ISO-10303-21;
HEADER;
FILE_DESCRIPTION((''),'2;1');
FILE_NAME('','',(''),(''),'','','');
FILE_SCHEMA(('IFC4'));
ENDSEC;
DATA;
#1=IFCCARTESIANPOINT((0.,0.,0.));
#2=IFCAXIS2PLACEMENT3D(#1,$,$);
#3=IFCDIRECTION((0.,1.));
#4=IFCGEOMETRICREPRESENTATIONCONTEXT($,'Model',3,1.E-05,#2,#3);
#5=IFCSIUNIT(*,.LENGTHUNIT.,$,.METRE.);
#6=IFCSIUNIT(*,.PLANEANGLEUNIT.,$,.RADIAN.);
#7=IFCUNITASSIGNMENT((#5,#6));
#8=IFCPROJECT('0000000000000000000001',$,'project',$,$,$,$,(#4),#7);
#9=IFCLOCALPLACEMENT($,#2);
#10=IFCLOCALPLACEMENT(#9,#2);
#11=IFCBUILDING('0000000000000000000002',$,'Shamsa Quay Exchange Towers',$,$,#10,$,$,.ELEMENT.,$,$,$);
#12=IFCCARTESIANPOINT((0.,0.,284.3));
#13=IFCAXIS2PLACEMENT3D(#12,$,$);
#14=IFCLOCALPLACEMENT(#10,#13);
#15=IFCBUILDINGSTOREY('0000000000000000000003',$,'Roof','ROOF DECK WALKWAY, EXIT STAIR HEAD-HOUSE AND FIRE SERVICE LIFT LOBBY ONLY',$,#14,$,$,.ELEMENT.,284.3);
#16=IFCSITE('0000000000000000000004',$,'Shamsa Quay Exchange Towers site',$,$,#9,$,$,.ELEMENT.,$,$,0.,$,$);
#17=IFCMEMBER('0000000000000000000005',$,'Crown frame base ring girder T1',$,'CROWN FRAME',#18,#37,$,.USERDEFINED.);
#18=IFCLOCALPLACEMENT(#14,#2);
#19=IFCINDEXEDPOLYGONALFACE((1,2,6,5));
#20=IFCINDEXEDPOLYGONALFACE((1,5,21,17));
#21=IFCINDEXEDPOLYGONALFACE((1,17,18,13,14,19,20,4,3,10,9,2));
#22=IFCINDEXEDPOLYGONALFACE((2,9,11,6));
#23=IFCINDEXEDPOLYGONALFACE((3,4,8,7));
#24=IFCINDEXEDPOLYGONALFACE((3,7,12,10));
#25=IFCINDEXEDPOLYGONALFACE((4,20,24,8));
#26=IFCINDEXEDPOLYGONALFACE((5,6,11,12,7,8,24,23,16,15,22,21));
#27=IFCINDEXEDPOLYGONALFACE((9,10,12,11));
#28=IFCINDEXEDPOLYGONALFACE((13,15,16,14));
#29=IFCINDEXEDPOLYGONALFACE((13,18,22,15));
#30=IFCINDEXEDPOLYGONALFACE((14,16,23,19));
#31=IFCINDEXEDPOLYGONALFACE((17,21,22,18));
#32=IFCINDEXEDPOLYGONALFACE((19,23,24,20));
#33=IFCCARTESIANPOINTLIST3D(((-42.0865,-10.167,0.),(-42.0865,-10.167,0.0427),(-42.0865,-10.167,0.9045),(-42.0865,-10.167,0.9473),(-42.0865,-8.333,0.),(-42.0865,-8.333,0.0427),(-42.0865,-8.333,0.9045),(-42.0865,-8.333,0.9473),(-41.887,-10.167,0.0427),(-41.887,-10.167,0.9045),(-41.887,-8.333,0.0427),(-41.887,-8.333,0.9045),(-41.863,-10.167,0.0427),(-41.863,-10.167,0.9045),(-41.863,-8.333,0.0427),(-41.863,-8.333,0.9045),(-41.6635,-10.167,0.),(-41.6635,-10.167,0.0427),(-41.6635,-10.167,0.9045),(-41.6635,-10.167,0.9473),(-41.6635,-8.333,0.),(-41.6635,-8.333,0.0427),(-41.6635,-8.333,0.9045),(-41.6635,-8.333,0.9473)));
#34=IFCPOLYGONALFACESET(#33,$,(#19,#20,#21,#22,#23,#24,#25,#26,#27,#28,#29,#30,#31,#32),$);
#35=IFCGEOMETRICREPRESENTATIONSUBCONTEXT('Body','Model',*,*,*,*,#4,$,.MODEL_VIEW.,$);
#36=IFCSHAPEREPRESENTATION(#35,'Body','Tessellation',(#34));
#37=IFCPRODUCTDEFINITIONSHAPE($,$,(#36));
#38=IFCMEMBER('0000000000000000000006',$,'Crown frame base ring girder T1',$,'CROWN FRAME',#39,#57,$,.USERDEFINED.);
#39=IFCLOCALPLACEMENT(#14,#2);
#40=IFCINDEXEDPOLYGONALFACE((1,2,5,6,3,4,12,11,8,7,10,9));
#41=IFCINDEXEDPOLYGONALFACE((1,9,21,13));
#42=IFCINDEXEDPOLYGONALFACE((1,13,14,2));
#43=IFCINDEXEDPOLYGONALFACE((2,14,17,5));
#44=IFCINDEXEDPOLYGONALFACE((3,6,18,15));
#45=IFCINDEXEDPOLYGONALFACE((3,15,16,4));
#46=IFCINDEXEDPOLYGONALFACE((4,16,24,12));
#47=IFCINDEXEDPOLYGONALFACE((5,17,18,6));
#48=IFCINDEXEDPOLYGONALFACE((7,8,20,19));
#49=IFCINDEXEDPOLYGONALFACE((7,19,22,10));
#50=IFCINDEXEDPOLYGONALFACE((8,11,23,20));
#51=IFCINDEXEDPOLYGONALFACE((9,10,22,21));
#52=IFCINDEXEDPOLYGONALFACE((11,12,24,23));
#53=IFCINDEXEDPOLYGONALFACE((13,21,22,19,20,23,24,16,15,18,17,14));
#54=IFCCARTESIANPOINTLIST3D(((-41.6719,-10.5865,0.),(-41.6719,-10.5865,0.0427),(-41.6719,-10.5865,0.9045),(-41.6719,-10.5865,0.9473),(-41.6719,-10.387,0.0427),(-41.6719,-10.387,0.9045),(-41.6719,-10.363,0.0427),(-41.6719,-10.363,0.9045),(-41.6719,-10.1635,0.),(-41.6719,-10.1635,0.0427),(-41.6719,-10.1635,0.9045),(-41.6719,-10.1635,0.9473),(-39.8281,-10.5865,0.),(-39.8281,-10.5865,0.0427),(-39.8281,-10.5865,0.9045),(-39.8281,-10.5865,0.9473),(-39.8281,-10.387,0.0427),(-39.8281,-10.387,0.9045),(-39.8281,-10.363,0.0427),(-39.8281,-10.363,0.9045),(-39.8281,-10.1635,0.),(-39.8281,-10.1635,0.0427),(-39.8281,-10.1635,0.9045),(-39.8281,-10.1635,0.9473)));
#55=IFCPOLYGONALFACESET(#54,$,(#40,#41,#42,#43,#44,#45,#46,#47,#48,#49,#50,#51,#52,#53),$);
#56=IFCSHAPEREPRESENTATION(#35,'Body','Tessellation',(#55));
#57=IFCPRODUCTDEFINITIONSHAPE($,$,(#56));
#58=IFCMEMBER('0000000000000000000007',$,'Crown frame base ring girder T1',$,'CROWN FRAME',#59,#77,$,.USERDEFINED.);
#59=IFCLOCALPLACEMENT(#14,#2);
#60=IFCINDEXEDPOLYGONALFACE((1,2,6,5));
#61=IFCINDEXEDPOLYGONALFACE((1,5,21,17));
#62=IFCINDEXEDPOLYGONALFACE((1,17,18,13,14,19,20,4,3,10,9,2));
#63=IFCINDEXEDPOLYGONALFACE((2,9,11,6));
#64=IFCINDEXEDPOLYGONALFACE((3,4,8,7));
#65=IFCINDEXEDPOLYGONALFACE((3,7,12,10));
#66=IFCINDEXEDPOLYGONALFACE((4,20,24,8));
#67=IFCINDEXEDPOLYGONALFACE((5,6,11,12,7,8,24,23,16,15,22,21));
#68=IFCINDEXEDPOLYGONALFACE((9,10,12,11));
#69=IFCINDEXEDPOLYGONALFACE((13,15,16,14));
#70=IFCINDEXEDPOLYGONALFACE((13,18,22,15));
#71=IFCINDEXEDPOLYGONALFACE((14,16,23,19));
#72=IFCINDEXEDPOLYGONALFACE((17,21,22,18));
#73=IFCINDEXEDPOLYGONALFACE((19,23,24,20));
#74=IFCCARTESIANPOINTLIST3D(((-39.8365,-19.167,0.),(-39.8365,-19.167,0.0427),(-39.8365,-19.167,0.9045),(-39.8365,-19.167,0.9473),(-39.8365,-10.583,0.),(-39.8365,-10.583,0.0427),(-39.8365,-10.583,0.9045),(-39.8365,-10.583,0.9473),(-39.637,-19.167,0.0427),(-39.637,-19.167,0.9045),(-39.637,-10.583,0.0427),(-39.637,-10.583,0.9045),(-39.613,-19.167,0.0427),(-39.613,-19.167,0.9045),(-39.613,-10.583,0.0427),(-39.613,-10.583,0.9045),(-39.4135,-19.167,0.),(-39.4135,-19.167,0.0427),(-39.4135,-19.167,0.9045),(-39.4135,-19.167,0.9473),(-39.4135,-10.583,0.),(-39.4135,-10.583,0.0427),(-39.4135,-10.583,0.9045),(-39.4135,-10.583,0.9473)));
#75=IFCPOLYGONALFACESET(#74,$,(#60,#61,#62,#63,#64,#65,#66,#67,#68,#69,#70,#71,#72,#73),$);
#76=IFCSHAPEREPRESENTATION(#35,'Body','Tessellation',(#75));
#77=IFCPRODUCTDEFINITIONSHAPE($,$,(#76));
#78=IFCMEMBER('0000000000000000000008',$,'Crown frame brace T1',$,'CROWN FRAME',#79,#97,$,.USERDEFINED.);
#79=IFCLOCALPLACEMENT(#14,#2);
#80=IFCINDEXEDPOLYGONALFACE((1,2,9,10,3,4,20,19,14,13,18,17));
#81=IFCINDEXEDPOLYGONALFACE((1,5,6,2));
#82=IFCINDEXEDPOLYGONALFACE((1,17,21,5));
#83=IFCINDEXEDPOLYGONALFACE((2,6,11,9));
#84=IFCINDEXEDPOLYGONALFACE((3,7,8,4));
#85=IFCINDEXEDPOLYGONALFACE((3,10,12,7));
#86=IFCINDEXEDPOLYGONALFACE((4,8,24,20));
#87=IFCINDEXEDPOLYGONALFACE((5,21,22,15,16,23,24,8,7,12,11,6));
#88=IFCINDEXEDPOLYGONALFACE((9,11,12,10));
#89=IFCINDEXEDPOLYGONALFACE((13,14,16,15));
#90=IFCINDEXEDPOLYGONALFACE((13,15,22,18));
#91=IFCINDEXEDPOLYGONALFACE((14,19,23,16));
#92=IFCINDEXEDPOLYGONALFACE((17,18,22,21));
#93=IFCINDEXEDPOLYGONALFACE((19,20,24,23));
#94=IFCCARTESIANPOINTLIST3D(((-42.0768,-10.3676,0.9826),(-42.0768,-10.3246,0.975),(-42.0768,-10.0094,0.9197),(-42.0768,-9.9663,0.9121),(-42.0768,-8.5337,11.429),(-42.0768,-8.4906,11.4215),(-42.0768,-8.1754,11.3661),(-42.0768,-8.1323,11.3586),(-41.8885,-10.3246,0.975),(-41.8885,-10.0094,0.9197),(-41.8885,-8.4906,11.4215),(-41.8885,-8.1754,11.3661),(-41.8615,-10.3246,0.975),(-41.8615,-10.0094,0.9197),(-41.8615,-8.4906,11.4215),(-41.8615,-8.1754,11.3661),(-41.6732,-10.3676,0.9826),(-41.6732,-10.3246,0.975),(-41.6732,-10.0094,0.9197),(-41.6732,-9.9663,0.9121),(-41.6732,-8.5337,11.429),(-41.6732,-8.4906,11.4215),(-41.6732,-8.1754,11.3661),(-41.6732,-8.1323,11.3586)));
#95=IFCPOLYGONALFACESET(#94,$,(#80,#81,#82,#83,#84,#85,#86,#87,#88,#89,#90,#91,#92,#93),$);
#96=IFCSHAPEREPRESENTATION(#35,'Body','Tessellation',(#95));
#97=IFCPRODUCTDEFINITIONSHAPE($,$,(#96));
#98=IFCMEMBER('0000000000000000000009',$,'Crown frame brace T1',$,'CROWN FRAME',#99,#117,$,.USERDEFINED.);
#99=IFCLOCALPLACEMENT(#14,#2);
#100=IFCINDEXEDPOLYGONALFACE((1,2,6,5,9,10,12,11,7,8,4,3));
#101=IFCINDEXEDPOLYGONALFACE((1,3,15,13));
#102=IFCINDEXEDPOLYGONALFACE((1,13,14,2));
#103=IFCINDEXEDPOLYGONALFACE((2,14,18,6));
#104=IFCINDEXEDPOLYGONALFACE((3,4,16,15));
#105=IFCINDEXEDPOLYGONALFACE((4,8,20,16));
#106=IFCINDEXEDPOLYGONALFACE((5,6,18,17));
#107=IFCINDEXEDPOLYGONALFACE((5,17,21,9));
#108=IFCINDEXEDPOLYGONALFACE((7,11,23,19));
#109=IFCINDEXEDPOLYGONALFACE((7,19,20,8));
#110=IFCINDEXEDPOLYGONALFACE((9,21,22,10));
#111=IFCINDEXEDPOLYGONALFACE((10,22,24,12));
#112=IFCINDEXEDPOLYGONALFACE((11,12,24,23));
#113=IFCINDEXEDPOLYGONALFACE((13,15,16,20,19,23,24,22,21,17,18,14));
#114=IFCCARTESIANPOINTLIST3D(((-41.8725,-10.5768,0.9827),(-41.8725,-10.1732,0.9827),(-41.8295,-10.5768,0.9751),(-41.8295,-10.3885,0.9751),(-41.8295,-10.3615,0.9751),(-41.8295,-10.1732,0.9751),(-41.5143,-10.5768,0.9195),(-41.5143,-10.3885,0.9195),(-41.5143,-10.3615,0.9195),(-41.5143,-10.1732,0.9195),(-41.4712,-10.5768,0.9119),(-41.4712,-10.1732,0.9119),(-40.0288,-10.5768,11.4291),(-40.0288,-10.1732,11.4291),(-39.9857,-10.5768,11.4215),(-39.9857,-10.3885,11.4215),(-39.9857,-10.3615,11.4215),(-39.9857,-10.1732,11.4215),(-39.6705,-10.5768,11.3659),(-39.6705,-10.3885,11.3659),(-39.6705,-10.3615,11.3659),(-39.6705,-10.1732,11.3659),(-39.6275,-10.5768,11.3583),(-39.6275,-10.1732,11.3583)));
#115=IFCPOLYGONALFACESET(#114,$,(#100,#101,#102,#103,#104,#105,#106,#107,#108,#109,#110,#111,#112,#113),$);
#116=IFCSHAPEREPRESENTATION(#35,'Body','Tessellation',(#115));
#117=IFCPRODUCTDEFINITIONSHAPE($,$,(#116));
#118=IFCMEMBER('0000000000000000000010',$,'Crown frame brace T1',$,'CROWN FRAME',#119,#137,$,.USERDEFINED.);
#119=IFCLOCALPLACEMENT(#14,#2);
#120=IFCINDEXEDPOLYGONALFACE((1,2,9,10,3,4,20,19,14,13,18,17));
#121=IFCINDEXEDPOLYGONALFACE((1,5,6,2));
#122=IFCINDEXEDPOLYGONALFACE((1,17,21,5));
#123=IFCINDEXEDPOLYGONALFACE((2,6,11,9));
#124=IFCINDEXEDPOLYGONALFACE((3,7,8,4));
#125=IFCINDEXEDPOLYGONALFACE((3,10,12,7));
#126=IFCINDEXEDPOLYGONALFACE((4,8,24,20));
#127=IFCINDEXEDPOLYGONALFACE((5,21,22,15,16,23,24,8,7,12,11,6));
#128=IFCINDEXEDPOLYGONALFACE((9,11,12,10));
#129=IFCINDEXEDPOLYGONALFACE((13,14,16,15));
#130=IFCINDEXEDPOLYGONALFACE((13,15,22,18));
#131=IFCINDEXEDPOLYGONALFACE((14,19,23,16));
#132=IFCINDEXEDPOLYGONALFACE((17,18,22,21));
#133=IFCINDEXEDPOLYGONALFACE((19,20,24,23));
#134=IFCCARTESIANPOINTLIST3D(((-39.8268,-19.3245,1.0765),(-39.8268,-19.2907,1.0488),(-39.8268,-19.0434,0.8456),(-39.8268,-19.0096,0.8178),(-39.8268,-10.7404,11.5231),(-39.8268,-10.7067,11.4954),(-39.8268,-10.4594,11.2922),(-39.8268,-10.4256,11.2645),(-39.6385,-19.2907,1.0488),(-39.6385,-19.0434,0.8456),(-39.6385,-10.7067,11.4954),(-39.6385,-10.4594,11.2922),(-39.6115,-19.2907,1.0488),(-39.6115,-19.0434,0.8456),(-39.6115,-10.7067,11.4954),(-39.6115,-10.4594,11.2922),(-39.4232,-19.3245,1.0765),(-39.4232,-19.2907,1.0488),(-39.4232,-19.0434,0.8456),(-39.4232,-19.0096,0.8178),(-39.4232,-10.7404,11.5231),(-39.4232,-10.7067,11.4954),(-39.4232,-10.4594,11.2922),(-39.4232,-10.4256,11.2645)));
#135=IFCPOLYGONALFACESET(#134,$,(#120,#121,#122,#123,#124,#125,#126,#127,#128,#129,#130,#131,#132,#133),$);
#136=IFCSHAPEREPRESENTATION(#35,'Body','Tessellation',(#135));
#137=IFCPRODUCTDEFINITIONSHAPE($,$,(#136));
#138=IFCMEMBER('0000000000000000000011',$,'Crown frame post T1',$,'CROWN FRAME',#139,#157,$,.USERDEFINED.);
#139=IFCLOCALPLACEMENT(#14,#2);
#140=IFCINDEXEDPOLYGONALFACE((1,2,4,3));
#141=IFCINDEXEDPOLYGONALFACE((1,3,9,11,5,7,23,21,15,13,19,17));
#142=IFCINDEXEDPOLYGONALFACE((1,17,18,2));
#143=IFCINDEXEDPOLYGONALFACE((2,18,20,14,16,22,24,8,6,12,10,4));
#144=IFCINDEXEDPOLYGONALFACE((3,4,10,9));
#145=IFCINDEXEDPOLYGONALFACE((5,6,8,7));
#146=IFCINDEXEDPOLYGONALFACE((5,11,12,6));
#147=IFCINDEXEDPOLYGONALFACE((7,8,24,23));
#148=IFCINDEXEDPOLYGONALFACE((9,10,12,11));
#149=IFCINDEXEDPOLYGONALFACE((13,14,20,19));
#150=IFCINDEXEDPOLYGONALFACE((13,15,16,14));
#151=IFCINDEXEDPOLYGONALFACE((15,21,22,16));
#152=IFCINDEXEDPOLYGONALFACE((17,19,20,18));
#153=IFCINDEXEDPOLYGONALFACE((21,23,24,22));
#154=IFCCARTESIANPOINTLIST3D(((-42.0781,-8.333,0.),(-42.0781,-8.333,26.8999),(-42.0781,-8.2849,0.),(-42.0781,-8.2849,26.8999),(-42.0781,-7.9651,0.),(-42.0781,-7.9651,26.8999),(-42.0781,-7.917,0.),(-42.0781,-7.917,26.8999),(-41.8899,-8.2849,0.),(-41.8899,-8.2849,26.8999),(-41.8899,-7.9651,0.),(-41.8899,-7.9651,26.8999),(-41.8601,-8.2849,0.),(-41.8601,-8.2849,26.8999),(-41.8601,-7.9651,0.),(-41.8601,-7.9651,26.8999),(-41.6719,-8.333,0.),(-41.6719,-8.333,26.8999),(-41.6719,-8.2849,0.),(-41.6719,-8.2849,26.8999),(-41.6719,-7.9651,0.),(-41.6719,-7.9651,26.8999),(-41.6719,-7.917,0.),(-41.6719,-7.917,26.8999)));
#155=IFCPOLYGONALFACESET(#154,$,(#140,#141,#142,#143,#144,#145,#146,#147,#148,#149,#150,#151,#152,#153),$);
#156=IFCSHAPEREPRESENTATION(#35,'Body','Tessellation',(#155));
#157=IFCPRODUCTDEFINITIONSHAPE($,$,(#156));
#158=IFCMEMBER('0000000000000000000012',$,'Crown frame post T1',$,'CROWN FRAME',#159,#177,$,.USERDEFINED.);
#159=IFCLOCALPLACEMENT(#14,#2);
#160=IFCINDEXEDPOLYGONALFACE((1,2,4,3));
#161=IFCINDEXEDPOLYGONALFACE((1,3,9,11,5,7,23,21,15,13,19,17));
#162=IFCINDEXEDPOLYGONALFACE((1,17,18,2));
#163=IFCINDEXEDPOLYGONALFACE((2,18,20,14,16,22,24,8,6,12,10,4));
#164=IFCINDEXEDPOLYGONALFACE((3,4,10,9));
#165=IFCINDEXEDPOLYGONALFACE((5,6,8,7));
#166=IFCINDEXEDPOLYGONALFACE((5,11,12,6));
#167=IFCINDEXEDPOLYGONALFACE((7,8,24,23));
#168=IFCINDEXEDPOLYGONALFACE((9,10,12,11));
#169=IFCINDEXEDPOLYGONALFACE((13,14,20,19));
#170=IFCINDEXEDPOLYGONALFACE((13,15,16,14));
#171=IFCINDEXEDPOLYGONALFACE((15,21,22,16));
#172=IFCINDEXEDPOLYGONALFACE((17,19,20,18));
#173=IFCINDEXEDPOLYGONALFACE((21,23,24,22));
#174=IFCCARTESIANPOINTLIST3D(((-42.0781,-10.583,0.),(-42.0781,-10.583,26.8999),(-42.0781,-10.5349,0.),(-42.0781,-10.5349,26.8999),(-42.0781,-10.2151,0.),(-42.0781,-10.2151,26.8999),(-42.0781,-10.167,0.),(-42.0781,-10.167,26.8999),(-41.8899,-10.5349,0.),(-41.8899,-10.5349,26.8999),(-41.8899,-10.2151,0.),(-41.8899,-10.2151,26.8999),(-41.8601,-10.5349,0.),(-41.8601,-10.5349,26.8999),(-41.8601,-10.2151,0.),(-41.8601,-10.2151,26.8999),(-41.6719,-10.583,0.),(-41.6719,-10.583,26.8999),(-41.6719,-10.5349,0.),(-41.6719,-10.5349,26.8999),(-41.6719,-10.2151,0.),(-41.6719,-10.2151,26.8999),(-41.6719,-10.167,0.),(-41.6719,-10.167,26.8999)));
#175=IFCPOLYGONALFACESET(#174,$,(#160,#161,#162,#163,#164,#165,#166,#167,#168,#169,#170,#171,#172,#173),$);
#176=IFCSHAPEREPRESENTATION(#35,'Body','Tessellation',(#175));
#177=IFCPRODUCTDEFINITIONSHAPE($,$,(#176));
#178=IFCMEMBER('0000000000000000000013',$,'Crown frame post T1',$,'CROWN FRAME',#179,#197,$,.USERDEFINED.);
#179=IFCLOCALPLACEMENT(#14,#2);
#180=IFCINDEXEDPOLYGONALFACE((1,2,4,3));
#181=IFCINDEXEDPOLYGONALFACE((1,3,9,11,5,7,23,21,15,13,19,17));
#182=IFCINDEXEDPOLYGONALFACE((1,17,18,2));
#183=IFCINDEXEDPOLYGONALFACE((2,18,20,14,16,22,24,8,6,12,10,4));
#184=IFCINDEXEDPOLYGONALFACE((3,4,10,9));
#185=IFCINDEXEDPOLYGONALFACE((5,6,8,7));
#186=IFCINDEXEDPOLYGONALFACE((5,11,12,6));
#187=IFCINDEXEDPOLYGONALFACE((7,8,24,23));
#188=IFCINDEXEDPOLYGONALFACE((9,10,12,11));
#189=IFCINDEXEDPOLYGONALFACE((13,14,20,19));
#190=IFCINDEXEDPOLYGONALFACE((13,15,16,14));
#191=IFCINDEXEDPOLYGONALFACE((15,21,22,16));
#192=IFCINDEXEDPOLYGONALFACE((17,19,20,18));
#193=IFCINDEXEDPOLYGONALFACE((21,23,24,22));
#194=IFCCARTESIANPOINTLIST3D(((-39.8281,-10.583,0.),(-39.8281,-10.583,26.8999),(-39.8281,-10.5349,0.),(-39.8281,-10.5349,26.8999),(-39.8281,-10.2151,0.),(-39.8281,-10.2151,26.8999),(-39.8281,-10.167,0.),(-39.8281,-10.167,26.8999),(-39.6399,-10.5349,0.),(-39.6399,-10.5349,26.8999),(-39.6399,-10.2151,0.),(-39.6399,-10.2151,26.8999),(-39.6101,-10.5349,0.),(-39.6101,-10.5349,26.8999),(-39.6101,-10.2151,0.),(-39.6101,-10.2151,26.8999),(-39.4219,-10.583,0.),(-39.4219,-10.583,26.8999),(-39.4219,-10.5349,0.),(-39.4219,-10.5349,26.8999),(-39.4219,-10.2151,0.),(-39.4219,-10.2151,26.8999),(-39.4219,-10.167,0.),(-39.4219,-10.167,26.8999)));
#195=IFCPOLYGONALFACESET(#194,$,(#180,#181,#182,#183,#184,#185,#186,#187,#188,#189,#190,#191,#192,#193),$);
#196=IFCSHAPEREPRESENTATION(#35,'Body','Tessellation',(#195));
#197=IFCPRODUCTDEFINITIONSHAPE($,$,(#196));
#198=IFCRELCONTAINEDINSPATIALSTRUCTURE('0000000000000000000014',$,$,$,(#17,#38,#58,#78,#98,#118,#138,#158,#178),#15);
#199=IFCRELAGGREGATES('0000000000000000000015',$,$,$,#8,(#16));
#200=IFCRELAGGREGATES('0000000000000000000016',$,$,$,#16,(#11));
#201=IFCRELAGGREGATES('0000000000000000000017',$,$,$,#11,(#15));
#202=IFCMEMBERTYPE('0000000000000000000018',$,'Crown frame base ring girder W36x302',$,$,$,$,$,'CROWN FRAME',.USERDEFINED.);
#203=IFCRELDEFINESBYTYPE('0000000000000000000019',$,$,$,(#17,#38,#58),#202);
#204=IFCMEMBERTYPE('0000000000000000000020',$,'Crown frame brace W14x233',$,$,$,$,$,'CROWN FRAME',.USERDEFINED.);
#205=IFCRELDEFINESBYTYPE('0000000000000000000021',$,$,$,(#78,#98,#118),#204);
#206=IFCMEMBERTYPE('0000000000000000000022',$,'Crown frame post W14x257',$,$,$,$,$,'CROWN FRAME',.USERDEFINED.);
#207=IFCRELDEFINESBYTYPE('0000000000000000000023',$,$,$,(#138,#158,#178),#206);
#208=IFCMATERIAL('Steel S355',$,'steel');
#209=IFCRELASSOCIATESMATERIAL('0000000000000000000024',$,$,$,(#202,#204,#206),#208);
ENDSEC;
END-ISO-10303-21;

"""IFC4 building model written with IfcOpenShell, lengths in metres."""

from ifc_helpers import new_model, si_unit, direction, frame, origin, origin_2d, place, context, subcontext, project, spatial, i_section, extrude, material, material_profile, profile_set, type_object, element, save


model = new_model("IFC4")

# Units and contexts
model_context = context("Model", 3, precision=1e-05, world=origin(), true_north=direction((0.0, 1.0)))
body_context = subcontext(model_context, "Body", "Model", "MODEL_VIEW")
ifc_project = project(units=[si_unit("LENGTHUNIT", "METRE"), si_unit("PLANEANGLEUNIT", "RADIAN")], contexts=[model_context])

# Site, building, storey
site_placement = place(None, origin())
site = spatial("IfcSite", under=ifc_project, at=site_placement, Name="Shamsa Quay Exchange Towers site", CompositionType="ELEMENT", RefElevation=0.0)
building_placement = place(site_placement, origin())
building = spatial("IfcBuilding", under=site, at=building_placement, Name="Shamsa Quay Exchange Towers", CompositionType="ELEMENT")
storey_placement = place(building_placement, frame((0.0, 0.0, 284.3)))
storey = spatial("IfcBuildingStorey", under=building, at=storey_placement, Name="Roof", Description="ROOF DECK WALKWAY, EXIT STAIR HEAD-HOUSE AND FIRE SERVICE LIFT LOBBY ONLY", CompositionType="ELEMENT", Elevation=284.3)

# Members
ifc_material_1 = material(Name="Steel S355", Category="steel")
ifc_material_profile_1 = material_profile(ifc_material_1, i_section(OverallWidth=0.4231, OverallDepth=0.9473, WebThickness=0.0239, FlangeThickness=0.0427, at=origin_2d()), Name="W36x302")
ifc_profile_set_1 = profile_set([ifc_material_profile_1], Name="Steel S355")
member_type_1 = type_object("IfcMemberType", Name="Crown frame base ring girder W36x302", ElementType="CROWN FRAME", PredefinedType="USERDEFINED", material=ifc_profile_set_1)
member_1_placement = place(storey_placement, frame((-41.875, -8.333, 0.4736), z_axis=(0.0, -1.0, 0.0), x_axis=(1.0, 0.0, 0.0)))
element("IfcMember", 1, at=member_1_placement, inside=storey, type_object=member_type_1, Name="Crown frame base ring girder T1", ObjectType="CROWN FRAME", PredefinedType="USERDEFINED", context=body_context, shape_type="SweptSolid", body=[
    extrude(i_section(OverallWidth=0.4231, OverallDepth=0.9473, WebThickness=0.0239, FlangeThickness=0.0427, at=origin_2d()), origin(), (0.0, 0.0, 1.0), 1.834),
])
member_2_placement = place(storey_placement, frame((-41.6719, -10.375, 0.4736), z_axis=(1.0, 0.0, 0.0), x_axis=(0.0, 1.0, 0.0)))
element("IfcMember", 2, at=member_2_placement, inside=storey, type_object=member_type_1, Name="Crown frame base ring girder T1", ObjectType="CROWN FRAME", PredefinedType="USERDEFINED", context=body_context, shape_type="SweptSolid", body=[
    extrude(i_section(OverallWidth=0.4231, OverallDepth=0.9473, WebThickness=0.0239, FlangeThickness=0.0427, at=origin_2d()), origin(), (0.0, 0.0, 1.0), 1.8438),
])
member_3_placement = place(storey_placement, frame((-39.625, -10.583, 0.4736), z_axis=(0.0, -1.0, 0.0), x_axis=(1.0, 0.0, 0.0)))
element("IfcMember", 3, at=member_3_placement, inside=storey, type_object=member_type_1, Name="Crown frame base ring girder T1", ObjectType="CROWN FRAME", PredefinedType="USERDEFINED", context=body_context, shape_type="SweptSolid", body=[
    extrude(i_section(OverallWidth=0.4231, OverallDepth=0.9473, WebThickness=0.0239, FlangeThickness=0.0427, at=origin_2d()), origin(), (0.0, 0.0, 1.0), 8.584),
])
ifc_material_profile_2 = material_profile(ifc_material_1, i_section(OverallWidth=0.4036, OverallDepth=0.4075, WebThickness=0.0271, FlangeThickness=0.0437, at=origin_2d()), Name="W14x233")
ifc_profile_set_2 = profile_set([ifc_material_profile_2], Name="Steel S355")
member_type_2 = type_object("IfcMemberType", Name="Crown frame brace W14x233", ElementType="CROWN FRAME", PredefinedType="USERDEFINED", material=ifc_profile_set_2)
member_4_placement = place(storey_placement, frame((-41.875, -8.333, 11.3938), z_axis=(0.0, -0.172915, -0.984937), x_axis=(1.0, 0.0, 0.0)))
element("IfcMember", 4, at=member_4_placement, inside=storey, type_object=member_type_2, Name="Crown frame brace T1", ObjectType="CROWN FRAME", PredefinedType="USERDEFINED", context=body_context, shape_type="SweptSolid", body=[
    extrude(i_section(OverallWidth=0.4036, OverallDepth=0.4075, WebThickness=0.0271, FlangeThickness=0.0437, at=origin_2d()), origin(), (0.0, 0.0, 1.0), 10.6062),
])
member_5_placement = place(storey_placement, frame((-41.6719, -10.375, 0.9473), z_axis=(0.173808, 0.0, 0.98478), x_axis=(0.0, 1.0, 0.0)))
element("IfcMember", 5, at=member_5_placement, inside=storey, type_object=member_type_2, Name="Crown frame brace T1", ObjectType="CROWN FRAME", PredefinedType="USERDEFINED", context=body_context, shape_type="SweptSolid", body=[
    extrude(i_section(OverallWidth=0.4036, OverallDepth=0.4075, WebThickness=0.0271, FlangeThickness=0.0437, at=origin_2d()), origin(), (0.0, 0.0, 1.0), 10.6079),
])
member_6_placement = place(storey_placement, frame((-39.625, -10.583, 11.3938), z_axis=(0.0, -0.634868, -0.772621), x_axis=(1.0, 0.0, 0.0)))
element("IfcMember", 6, at=member_6_placement, inside=storey, type_object=member_type_2, Name="Crown frame brace T1", ObjectType="CROWN FRAME", PredefinedType="USERDEFINED", context=body_context, shape_type="SweptSolid", body=[
    extrude(i_section(OverallWidth=0.4036, OverallDepth=0.4075, WebThickness=0.0271, FlangeThickness=0.0437, at=origin_2d()), origin(), (0.0, 0.0, 1.0), 13.521),
])
ifc_material_profile_3 = material_profile(ifc_material_1, i_section(OverallWidth=0.4062, OverallDepth=0.416, WebThickness=0.0298, FlangeThickness=0.0481, at=origin_2d()), Name="W14x257")
ifc_profile_set_3 = profile_set([ifc_material_profile_3], Name="Steel S355")
member_type_3 = type_object("IfcMemberType", Name="Crown frame post W14x257", ElementType="CROWN FRAME", PredefinedType="USERDEFINED", material=ifc_profile_set_3)
for number, where, name in (
    (7, (-41.875, -8.125, 0.0), "Crown frame post T1"),
    (8, (-41.875, -10.375, 0.0), "Crown frame post T1"),
    (9, (-39.625, -10.375, 0.0), "Crown frame post T1"),
):
    element("IfcMember", number, at=place(storey_placement, frame(where)), inside=storey, type_object=member_type_3, Name=name, ObjectType="CROWN FRAME", PredefinedType="USERDEFINED", context=body_context, shape_type="SweptSolid", body=[
        extrude(i_section(OverallWidth=0.4062, OverallDepth=0.416, WebThickness=0.0298, FlangeThickness=0.0481, at=origin_2d()), origin(), (0.0, 0.0, 1.0), 26.8999),
    ])

save(model, "model.ifc")
